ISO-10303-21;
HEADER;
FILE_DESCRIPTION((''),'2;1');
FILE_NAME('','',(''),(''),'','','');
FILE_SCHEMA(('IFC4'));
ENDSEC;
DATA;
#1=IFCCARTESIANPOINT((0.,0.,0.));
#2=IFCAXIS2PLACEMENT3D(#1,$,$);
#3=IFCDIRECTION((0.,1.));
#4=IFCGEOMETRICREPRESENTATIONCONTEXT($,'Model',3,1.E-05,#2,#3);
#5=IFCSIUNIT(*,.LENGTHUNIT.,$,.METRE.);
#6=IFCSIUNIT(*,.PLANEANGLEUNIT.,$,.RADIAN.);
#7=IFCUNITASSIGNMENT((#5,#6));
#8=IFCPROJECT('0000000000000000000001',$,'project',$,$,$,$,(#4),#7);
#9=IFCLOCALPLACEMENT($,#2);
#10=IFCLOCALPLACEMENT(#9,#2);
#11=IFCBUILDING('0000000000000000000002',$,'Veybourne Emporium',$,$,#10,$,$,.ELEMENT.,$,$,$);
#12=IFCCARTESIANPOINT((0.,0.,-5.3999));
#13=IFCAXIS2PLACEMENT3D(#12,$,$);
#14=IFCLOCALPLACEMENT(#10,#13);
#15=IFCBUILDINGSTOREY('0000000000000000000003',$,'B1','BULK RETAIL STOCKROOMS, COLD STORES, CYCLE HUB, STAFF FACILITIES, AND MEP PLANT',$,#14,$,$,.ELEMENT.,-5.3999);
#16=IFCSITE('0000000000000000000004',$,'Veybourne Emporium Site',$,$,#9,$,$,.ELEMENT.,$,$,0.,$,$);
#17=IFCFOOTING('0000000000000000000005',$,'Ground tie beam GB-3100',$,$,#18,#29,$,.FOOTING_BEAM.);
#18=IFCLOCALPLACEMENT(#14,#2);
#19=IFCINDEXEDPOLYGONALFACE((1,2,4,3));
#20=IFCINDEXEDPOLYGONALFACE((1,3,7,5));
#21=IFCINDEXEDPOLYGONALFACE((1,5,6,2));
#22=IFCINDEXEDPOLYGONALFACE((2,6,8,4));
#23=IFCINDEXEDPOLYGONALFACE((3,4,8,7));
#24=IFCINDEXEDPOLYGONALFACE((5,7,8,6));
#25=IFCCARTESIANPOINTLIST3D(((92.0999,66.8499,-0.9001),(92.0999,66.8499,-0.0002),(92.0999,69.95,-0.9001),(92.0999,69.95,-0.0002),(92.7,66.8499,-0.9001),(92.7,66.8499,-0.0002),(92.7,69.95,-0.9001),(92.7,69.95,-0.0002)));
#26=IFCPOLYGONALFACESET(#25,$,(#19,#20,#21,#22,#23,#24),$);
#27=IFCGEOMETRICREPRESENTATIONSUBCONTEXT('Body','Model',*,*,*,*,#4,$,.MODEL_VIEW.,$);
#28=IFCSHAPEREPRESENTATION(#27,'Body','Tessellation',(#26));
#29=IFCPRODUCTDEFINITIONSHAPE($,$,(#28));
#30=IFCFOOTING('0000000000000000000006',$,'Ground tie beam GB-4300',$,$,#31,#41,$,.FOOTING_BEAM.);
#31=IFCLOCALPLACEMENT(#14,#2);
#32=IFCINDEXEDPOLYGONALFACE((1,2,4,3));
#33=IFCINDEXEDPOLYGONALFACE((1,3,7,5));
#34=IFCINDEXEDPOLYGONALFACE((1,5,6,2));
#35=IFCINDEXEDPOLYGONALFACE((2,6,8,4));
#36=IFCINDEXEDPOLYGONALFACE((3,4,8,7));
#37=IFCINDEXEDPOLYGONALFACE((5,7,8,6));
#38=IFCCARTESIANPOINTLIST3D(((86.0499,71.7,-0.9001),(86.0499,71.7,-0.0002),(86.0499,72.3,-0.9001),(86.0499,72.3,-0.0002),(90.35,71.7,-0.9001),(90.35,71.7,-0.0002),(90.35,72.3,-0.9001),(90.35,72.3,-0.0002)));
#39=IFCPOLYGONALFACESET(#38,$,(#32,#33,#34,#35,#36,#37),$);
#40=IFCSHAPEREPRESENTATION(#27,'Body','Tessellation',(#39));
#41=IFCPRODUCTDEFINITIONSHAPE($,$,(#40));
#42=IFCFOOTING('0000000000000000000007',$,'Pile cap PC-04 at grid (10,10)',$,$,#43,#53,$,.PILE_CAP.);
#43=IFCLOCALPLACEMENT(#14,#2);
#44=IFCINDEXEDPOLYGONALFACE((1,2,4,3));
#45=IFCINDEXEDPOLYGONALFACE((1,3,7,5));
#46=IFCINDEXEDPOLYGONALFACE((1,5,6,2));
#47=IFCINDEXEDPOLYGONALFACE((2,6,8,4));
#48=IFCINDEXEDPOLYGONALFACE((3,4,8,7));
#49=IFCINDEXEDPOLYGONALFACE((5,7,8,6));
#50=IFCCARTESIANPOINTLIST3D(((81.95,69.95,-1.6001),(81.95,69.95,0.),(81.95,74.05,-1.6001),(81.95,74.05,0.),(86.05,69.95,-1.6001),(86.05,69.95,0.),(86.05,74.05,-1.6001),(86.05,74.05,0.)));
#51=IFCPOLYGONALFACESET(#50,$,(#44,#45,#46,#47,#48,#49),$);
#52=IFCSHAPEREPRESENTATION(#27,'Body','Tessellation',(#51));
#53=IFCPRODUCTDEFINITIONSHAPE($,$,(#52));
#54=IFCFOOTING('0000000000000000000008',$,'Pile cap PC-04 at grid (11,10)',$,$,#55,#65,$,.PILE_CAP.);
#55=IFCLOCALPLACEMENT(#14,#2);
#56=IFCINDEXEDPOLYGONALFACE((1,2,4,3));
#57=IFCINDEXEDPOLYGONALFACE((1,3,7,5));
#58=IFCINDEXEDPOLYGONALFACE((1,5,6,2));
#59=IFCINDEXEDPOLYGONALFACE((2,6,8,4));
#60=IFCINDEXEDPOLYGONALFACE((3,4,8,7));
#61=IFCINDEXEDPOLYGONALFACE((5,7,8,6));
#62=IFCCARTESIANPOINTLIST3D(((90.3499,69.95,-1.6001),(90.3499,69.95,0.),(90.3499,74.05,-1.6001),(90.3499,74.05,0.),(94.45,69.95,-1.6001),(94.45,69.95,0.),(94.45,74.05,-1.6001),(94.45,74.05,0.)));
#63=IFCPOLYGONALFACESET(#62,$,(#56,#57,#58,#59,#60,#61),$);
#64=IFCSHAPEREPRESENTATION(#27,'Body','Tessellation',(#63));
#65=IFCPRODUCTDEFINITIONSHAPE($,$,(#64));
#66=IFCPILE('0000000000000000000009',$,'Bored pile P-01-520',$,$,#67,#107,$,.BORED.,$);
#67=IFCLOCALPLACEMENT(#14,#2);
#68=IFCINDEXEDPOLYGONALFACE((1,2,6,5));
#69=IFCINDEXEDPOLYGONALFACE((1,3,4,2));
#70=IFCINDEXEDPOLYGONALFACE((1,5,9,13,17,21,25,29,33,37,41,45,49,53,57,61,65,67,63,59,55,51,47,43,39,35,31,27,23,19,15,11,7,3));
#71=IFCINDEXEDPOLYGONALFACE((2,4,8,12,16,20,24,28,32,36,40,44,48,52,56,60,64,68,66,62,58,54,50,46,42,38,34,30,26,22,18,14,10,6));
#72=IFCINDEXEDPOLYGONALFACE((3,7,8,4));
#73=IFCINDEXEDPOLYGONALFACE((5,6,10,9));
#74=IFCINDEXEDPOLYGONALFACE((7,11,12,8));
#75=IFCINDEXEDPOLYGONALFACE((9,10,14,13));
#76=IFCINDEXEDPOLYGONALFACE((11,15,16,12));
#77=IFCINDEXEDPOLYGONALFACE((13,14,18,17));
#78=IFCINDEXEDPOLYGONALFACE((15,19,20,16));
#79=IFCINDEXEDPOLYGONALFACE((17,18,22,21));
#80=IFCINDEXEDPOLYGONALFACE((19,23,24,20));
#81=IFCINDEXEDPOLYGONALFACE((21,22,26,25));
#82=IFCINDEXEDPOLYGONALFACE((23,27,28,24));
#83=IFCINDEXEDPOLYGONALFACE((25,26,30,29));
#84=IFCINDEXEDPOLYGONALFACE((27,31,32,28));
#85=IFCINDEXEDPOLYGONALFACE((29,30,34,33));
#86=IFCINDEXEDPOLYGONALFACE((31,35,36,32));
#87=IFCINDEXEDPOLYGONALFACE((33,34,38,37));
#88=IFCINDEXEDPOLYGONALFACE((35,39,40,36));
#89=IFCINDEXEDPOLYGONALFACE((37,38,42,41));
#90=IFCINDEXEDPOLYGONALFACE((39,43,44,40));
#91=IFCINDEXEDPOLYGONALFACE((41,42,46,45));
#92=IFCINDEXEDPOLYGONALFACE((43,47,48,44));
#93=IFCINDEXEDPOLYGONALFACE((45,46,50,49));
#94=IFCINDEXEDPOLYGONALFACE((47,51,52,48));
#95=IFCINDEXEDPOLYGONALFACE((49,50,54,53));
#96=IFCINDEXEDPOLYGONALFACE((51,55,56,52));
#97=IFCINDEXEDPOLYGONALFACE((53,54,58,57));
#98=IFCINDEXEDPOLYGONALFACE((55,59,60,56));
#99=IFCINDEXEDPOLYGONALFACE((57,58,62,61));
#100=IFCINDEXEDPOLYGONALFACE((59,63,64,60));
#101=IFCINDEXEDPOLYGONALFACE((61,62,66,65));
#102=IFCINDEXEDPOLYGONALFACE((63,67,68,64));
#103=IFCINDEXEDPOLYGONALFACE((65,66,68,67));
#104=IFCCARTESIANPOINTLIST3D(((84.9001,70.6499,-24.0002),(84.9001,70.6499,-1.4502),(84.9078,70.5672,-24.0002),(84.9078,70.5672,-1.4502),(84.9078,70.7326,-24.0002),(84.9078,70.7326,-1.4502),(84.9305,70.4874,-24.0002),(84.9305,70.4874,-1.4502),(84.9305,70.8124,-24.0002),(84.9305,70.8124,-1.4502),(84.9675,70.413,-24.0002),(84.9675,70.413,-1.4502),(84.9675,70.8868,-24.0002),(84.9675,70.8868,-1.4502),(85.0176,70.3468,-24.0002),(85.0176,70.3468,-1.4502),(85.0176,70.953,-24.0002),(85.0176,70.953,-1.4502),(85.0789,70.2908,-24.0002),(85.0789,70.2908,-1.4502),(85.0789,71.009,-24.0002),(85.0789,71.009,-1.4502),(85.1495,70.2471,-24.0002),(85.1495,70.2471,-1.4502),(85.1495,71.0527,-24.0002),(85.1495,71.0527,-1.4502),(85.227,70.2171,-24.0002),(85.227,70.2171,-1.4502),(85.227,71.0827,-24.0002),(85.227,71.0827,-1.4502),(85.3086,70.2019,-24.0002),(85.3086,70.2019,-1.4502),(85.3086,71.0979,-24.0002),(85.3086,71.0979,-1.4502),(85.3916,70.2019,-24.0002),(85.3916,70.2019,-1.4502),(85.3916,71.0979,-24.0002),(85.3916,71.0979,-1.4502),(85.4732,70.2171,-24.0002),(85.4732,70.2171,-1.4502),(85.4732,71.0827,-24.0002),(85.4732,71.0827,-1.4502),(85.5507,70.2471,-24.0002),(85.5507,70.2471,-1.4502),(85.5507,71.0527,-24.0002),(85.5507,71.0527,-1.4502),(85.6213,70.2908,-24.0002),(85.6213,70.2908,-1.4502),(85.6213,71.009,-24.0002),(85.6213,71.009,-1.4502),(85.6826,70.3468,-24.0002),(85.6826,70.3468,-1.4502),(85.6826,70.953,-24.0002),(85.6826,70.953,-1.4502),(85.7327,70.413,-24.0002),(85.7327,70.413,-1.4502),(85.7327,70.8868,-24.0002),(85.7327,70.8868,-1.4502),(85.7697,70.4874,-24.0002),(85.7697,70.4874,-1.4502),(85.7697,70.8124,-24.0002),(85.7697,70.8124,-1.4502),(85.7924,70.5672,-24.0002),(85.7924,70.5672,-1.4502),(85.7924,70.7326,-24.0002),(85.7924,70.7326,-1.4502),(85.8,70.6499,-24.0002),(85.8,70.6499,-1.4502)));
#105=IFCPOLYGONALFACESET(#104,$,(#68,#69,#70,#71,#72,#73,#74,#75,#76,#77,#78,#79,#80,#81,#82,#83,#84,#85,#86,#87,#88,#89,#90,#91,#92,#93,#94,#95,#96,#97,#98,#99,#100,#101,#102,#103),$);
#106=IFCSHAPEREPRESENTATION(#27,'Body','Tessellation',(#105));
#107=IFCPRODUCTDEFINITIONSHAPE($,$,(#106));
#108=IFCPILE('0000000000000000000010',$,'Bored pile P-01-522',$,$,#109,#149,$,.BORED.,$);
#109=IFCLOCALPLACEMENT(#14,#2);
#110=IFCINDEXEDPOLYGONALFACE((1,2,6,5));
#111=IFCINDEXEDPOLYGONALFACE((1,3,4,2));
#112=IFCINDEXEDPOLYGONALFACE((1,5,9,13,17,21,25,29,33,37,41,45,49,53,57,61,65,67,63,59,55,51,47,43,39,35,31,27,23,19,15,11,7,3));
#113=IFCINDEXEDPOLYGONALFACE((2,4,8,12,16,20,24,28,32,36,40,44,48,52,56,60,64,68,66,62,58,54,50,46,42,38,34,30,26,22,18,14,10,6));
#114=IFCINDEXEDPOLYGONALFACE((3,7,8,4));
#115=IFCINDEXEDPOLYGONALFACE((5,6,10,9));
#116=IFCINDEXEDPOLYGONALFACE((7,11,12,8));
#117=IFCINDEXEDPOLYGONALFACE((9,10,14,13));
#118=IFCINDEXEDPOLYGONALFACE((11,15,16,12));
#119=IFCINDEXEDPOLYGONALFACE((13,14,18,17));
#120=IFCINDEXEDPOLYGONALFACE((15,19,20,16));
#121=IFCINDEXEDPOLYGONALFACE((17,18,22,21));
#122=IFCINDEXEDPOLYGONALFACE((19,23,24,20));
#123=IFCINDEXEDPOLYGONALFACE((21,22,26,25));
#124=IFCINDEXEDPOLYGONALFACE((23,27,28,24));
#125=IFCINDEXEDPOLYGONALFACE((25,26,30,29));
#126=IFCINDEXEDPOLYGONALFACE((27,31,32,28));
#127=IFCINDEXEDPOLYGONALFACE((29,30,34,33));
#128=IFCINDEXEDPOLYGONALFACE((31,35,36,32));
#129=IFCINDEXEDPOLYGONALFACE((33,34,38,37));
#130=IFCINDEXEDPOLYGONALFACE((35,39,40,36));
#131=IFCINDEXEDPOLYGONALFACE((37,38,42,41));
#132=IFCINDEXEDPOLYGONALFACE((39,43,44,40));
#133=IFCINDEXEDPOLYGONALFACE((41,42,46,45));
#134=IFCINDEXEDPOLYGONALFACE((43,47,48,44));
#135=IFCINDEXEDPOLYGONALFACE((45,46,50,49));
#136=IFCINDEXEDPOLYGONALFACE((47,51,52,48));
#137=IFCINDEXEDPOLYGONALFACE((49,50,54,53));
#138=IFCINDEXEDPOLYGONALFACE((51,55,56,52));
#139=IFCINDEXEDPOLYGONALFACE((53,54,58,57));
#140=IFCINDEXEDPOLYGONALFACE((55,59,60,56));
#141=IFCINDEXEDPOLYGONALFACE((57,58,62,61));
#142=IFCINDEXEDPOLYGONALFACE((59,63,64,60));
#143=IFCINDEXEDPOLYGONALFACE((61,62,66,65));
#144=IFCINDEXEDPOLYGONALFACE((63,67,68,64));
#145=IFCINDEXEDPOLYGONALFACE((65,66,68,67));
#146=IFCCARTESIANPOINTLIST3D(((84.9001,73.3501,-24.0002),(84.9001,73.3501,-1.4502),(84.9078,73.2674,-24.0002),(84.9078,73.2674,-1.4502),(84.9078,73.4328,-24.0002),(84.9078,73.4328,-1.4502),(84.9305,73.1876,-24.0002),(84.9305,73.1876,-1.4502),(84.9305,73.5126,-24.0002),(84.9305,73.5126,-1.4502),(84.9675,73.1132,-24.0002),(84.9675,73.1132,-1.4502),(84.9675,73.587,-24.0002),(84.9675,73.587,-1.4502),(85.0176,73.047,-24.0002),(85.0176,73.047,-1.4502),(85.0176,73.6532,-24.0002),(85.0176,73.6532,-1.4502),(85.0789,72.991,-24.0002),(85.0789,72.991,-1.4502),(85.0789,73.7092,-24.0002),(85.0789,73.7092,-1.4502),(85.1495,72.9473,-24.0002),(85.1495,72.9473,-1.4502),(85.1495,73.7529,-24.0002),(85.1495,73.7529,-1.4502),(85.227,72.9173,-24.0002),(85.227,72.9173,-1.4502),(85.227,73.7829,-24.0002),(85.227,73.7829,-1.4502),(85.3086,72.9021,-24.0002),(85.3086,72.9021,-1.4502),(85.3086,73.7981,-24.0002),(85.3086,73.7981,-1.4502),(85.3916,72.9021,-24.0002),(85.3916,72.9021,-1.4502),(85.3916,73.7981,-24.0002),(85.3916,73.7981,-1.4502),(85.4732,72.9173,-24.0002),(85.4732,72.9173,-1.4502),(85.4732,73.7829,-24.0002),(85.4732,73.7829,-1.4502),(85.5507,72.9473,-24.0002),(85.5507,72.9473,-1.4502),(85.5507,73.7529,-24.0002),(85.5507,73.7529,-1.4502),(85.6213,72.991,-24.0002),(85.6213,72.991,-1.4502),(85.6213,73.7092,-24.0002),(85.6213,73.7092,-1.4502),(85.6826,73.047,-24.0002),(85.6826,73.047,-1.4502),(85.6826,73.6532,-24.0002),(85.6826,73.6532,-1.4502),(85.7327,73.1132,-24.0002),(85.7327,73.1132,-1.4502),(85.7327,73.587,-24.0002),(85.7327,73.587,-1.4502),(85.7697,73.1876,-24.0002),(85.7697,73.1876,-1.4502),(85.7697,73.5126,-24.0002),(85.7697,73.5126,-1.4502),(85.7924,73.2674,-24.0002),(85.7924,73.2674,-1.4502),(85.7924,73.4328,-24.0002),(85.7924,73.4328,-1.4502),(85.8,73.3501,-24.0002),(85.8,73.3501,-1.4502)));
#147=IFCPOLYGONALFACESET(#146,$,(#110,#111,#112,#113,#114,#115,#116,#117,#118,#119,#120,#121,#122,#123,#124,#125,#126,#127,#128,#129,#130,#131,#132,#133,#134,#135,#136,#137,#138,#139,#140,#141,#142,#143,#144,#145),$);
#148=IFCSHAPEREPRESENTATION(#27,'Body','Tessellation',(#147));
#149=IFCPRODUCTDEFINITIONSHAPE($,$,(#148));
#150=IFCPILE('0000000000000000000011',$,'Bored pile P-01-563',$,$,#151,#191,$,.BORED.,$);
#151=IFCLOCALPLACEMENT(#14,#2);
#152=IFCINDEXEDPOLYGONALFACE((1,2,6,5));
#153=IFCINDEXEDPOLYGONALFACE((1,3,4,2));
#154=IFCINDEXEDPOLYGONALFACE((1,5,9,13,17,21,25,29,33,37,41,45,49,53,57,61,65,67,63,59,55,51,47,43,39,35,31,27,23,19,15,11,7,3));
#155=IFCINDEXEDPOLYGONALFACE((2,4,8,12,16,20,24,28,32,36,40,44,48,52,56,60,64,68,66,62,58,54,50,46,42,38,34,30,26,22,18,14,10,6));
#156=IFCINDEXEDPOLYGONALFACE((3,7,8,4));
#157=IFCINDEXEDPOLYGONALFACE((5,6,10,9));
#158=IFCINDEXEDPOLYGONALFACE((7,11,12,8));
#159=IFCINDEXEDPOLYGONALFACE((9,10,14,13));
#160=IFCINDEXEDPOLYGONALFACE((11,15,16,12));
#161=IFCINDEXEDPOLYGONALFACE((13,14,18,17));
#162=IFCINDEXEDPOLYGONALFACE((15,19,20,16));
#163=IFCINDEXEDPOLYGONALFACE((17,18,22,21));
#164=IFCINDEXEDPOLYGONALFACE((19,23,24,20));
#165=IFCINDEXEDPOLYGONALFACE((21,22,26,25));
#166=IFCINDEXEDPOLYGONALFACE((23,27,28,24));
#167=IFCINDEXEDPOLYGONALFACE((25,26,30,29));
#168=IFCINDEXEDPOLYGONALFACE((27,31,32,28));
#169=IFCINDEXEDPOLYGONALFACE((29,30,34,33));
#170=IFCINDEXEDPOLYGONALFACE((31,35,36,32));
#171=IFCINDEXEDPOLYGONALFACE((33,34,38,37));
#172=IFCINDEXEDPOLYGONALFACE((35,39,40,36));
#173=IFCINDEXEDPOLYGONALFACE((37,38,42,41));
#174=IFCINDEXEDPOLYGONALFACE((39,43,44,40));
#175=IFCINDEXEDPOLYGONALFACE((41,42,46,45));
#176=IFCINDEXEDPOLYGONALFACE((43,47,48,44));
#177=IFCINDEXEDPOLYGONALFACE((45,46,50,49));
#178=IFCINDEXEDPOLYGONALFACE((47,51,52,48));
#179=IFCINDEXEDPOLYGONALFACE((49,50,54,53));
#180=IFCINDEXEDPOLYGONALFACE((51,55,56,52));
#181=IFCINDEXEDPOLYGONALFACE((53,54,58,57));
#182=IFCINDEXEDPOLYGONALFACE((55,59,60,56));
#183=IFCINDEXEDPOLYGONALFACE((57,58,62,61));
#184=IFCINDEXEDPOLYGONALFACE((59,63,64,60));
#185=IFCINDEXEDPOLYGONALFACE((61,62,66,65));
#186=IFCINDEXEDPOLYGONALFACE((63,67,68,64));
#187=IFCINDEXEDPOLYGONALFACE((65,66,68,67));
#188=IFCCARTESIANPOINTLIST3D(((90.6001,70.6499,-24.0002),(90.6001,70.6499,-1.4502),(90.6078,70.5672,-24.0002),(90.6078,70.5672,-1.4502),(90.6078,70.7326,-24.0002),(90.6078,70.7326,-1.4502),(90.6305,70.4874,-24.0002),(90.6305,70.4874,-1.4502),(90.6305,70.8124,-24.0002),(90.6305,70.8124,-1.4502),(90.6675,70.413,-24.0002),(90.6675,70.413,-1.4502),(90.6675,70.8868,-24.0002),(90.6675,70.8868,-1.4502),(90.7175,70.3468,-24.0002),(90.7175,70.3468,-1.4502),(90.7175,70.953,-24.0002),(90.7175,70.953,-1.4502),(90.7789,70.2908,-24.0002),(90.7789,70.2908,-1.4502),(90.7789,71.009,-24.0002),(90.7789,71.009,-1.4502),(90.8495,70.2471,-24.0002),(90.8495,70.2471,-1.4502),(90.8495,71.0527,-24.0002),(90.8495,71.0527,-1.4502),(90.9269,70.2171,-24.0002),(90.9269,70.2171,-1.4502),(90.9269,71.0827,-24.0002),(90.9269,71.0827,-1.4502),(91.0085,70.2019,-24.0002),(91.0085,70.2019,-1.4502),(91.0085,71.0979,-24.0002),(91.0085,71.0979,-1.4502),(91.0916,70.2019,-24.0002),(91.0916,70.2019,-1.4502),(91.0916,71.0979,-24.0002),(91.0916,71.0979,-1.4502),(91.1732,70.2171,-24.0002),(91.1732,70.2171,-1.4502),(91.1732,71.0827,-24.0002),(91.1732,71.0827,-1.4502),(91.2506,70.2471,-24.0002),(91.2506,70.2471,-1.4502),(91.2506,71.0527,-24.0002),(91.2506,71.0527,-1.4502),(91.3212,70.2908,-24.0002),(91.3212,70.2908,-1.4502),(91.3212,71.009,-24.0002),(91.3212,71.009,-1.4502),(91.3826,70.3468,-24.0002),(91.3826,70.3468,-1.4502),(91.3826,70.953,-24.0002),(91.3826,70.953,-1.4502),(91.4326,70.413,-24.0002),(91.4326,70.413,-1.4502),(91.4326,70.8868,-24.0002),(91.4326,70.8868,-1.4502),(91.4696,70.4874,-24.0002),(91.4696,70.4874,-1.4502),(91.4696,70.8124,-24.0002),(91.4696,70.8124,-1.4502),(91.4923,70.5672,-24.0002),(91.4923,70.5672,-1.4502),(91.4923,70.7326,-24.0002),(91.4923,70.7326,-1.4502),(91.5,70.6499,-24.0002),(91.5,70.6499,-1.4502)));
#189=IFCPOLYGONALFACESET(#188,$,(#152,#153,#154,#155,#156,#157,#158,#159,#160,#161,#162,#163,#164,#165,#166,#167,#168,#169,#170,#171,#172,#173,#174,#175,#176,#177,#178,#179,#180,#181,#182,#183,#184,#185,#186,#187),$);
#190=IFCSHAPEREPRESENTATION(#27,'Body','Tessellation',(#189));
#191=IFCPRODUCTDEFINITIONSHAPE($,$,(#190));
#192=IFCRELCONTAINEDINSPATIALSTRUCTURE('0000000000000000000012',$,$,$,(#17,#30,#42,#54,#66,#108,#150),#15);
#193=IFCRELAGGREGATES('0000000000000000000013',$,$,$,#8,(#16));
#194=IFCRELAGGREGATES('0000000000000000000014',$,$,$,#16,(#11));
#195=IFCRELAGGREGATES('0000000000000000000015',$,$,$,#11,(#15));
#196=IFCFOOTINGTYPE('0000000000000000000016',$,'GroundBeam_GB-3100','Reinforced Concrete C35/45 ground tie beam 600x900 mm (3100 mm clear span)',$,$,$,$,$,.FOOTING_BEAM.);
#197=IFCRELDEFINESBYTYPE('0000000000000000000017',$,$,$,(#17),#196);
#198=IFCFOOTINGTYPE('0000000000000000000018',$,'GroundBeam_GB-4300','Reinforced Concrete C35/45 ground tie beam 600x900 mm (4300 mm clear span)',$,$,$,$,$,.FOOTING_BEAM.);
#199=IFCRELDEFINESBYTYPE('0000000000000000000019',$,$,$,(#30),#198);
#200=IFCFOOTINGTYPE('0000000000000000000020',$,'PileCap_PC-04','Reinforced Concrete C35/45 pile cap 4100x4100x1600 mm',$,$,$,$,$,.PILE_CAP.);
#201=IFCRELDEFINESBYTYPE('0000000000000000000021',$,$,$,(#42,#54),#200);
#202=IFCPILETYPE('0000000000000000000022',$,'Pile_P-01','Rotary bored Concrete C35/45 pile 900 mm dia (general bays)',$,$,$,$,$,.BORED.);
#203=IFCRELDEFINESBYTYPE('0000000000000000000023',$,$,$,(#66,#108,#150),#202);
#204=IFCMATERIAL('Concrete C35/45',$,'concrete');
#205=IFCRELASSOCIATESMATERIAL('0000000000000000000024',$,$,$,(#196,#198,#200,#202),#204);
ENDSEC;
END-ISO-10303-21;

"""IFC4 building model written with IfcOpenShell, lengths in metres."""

from ifc_helpers import new_model, si_unit, direction, frame, origin, origin_2d, place, context, subcontext, project, spatial, rectangle, circle, extrude, material, material_profile, profile_set, type_object, element, save


model = new_model("IFC4")

# Units and contexts
model_context = context("Model", 3, precision=1e-05, world=origin(), true_north=direction((0.0, 1.0)))
body_context = subcontext(model_context, "Body", "Model", "MODEL_VIEW")
ifc_project = project(units=[si_unit("LENGTHUNIT", "METRE"), si_unit("PLANEANGLEUNIT", "RADIAN")], contexts=[model_context])

# Site, building, storey
site_placement = place(None, origin())
site = spatial("IfcSite", under=ifc_project, at=site_placement, Name="Veybourne Emporium Site", CompositionType="ELEMENT", RefElevation=0.0)
building_placement = place(site_placement, origin())
building = spatial("IfcBuilding", under=site, at=building_placement, Name="Veybourne Emporium", CompositionType="ELEMENT")
storey_placement = place(building_placement, frame((0.0, 0.0, -5.3999)))
storey = spatial("IfcBuildingStorey", under=building, at=storey_placement, Name="B1", Description="BULK RETAIL STOCKROOMS, COLD STORES, CYCLE HUB, STAFF FACILITIES, AND MEP PLANT", CompositionType="ELEMENT", Elevation=-5.3999)

# Footings
ifc_material_1 = material(Name="Concrete C35/45", Category="concrete")
footing_type_1 = type_object("IfcFootingType", Name="GroundBeam_GB-3100", Description="Reinforced Concrete C35/45 ground tie beam 600x900 mm (3100 mm clear span)", PredefinedType="FOOTING_BEAM", material=ifc_material_1)
footing_1_placement = place(storey_placement, frame((92.3999, 68.3999, -0.9001), z_axis=(0.0, 0.0, 1.0), x_axis=(0.0, 1.0, 0.0)))
element("IfcFooting", 1, at=footing_1_placement, inside=storey, type_object=footing_type_1, Name="Ground tie beam GB-3100", PredefinedType="FOOTING_BEAM", context=body_context, shape_type="SweptSolid", body=[
    extrude(rectangle(XDim=3.1001, YDim=0.6001, at=origin_2d()), origin(), (0.0, 0.0, 1.0), 0.8999),
])
footing_type_2 = type_object("IfcFootingType", Name="GroundBeam_GB-4300", Description="Reinforced Concrete C35/45 ground tie beam 600x900 mm (4300 mm clear span)", PredefinedType="FOOTING_BEAM", material=ifc_material_1)
footing_2_placement = place(storey_placement, frame((88.2, 72.0, -0.9001), z_axis=(0.0, 0.0, 1.0), x_axis=(1.0, 0.0, 0.0)))
element("IfcFooting", 2, at=footing_2_placement, inside=storey, type_object=footing_type_2, Name="Ground tie beam GB-4300", PredefinedType="FOOTING_BEAM", context=body_context, shape_type="SweptSolid", body=[
    extrude(rectangle(XDim=4.3, YDim=0.6001, at=origin_2d()), origin(), (0.0, 0.0, 1.0), 0.8999),
])
footing_type_3 = type_object("IfcFootingType", Name="PileCap_PC-04", Description="Reinforced Concrete C35/45 pile cap 4100x4100x1600 mm", PredefinedType="PILE_CAP", material=ifc_material_1)
for number, where, z_axis, x_axis, name in (
    (3, (84.0, 72.0, -1.6001), (0.0, 0.0, 1.0), (1.0, 0.0, 0.0), "Pile cap PC-04 at grid (10,10)"),
    (4, (92.3999, 72.0, -1.6001), (0.0, 0.0, 1.0), (1.0, 0.0, 0.0), "Pile cap PC-04 at grid (11,10)"),
):
    element("IfcFooting", number, at=place(storey_placement, frame(where, z_axis=z_axis, x_axis=x_axis)), inside=storey, type_object=footing_type_3, Name=name, PredefinedType="PILE_CAP", context=body_context, shape_type="SweptSolid", body=[
        extrude(rectangle(XDim=4.1001, YDim=4.1001, at=origin_2d()), origin(), (0.0, 0.0, 1.0), 1.6001),
    ])

# Piles
ifc_material_profile_1 = material_profile(ifc_material_1, circle(Radius=0.45, at=origin_2d()), Name="BORED PILE 900")
ifc_profile_set_1 = profile_set([ifc_material_profile_1], Name="Concrete C35/45")
pile_type_1 = type_object("IfcPileType", Name="Pile_P-01", Description="Rotary bored Concrete C35/45 pile 900 mm dia (general bays)", PredefinedType="BORED", material=ifc_profile_set_1)
for number, where, z_axis, x_axis, name in (
    (5, (85.3501, 70.6499, -1.4502), (0.0, 0.0, -1.0), (1.0, 0.0, 0.0), "Bored pile P-01-520"),
    (6, (85.3501, 73.3501, -1.4502), (0.0, 0.0, -1.0), (1.0, 0.0, 0.0), "Bored pile P-01-522"),
    (7, (91.05, 70.6499, -1.4502), (0.0, 0.0, -1.0), (1.0, 0.0, 0.0), "Bored pile P-01-563"),
):
    element("IfcPile", number, at=place(storey_placement, frame(where, z_axis=z_axis, x_axis=x_axis)), inside=storey, type_object=pile_type_1, Name=name, PredefinedType="BORED", context=body_context, shape_type="SweptSolid", body=[
        extrude(circle(Radius=0.45, at=origin_2d()), origin(), (0.0, 0.0, 1.0), 22.55),
    ])

save(model, "model.ifc")
